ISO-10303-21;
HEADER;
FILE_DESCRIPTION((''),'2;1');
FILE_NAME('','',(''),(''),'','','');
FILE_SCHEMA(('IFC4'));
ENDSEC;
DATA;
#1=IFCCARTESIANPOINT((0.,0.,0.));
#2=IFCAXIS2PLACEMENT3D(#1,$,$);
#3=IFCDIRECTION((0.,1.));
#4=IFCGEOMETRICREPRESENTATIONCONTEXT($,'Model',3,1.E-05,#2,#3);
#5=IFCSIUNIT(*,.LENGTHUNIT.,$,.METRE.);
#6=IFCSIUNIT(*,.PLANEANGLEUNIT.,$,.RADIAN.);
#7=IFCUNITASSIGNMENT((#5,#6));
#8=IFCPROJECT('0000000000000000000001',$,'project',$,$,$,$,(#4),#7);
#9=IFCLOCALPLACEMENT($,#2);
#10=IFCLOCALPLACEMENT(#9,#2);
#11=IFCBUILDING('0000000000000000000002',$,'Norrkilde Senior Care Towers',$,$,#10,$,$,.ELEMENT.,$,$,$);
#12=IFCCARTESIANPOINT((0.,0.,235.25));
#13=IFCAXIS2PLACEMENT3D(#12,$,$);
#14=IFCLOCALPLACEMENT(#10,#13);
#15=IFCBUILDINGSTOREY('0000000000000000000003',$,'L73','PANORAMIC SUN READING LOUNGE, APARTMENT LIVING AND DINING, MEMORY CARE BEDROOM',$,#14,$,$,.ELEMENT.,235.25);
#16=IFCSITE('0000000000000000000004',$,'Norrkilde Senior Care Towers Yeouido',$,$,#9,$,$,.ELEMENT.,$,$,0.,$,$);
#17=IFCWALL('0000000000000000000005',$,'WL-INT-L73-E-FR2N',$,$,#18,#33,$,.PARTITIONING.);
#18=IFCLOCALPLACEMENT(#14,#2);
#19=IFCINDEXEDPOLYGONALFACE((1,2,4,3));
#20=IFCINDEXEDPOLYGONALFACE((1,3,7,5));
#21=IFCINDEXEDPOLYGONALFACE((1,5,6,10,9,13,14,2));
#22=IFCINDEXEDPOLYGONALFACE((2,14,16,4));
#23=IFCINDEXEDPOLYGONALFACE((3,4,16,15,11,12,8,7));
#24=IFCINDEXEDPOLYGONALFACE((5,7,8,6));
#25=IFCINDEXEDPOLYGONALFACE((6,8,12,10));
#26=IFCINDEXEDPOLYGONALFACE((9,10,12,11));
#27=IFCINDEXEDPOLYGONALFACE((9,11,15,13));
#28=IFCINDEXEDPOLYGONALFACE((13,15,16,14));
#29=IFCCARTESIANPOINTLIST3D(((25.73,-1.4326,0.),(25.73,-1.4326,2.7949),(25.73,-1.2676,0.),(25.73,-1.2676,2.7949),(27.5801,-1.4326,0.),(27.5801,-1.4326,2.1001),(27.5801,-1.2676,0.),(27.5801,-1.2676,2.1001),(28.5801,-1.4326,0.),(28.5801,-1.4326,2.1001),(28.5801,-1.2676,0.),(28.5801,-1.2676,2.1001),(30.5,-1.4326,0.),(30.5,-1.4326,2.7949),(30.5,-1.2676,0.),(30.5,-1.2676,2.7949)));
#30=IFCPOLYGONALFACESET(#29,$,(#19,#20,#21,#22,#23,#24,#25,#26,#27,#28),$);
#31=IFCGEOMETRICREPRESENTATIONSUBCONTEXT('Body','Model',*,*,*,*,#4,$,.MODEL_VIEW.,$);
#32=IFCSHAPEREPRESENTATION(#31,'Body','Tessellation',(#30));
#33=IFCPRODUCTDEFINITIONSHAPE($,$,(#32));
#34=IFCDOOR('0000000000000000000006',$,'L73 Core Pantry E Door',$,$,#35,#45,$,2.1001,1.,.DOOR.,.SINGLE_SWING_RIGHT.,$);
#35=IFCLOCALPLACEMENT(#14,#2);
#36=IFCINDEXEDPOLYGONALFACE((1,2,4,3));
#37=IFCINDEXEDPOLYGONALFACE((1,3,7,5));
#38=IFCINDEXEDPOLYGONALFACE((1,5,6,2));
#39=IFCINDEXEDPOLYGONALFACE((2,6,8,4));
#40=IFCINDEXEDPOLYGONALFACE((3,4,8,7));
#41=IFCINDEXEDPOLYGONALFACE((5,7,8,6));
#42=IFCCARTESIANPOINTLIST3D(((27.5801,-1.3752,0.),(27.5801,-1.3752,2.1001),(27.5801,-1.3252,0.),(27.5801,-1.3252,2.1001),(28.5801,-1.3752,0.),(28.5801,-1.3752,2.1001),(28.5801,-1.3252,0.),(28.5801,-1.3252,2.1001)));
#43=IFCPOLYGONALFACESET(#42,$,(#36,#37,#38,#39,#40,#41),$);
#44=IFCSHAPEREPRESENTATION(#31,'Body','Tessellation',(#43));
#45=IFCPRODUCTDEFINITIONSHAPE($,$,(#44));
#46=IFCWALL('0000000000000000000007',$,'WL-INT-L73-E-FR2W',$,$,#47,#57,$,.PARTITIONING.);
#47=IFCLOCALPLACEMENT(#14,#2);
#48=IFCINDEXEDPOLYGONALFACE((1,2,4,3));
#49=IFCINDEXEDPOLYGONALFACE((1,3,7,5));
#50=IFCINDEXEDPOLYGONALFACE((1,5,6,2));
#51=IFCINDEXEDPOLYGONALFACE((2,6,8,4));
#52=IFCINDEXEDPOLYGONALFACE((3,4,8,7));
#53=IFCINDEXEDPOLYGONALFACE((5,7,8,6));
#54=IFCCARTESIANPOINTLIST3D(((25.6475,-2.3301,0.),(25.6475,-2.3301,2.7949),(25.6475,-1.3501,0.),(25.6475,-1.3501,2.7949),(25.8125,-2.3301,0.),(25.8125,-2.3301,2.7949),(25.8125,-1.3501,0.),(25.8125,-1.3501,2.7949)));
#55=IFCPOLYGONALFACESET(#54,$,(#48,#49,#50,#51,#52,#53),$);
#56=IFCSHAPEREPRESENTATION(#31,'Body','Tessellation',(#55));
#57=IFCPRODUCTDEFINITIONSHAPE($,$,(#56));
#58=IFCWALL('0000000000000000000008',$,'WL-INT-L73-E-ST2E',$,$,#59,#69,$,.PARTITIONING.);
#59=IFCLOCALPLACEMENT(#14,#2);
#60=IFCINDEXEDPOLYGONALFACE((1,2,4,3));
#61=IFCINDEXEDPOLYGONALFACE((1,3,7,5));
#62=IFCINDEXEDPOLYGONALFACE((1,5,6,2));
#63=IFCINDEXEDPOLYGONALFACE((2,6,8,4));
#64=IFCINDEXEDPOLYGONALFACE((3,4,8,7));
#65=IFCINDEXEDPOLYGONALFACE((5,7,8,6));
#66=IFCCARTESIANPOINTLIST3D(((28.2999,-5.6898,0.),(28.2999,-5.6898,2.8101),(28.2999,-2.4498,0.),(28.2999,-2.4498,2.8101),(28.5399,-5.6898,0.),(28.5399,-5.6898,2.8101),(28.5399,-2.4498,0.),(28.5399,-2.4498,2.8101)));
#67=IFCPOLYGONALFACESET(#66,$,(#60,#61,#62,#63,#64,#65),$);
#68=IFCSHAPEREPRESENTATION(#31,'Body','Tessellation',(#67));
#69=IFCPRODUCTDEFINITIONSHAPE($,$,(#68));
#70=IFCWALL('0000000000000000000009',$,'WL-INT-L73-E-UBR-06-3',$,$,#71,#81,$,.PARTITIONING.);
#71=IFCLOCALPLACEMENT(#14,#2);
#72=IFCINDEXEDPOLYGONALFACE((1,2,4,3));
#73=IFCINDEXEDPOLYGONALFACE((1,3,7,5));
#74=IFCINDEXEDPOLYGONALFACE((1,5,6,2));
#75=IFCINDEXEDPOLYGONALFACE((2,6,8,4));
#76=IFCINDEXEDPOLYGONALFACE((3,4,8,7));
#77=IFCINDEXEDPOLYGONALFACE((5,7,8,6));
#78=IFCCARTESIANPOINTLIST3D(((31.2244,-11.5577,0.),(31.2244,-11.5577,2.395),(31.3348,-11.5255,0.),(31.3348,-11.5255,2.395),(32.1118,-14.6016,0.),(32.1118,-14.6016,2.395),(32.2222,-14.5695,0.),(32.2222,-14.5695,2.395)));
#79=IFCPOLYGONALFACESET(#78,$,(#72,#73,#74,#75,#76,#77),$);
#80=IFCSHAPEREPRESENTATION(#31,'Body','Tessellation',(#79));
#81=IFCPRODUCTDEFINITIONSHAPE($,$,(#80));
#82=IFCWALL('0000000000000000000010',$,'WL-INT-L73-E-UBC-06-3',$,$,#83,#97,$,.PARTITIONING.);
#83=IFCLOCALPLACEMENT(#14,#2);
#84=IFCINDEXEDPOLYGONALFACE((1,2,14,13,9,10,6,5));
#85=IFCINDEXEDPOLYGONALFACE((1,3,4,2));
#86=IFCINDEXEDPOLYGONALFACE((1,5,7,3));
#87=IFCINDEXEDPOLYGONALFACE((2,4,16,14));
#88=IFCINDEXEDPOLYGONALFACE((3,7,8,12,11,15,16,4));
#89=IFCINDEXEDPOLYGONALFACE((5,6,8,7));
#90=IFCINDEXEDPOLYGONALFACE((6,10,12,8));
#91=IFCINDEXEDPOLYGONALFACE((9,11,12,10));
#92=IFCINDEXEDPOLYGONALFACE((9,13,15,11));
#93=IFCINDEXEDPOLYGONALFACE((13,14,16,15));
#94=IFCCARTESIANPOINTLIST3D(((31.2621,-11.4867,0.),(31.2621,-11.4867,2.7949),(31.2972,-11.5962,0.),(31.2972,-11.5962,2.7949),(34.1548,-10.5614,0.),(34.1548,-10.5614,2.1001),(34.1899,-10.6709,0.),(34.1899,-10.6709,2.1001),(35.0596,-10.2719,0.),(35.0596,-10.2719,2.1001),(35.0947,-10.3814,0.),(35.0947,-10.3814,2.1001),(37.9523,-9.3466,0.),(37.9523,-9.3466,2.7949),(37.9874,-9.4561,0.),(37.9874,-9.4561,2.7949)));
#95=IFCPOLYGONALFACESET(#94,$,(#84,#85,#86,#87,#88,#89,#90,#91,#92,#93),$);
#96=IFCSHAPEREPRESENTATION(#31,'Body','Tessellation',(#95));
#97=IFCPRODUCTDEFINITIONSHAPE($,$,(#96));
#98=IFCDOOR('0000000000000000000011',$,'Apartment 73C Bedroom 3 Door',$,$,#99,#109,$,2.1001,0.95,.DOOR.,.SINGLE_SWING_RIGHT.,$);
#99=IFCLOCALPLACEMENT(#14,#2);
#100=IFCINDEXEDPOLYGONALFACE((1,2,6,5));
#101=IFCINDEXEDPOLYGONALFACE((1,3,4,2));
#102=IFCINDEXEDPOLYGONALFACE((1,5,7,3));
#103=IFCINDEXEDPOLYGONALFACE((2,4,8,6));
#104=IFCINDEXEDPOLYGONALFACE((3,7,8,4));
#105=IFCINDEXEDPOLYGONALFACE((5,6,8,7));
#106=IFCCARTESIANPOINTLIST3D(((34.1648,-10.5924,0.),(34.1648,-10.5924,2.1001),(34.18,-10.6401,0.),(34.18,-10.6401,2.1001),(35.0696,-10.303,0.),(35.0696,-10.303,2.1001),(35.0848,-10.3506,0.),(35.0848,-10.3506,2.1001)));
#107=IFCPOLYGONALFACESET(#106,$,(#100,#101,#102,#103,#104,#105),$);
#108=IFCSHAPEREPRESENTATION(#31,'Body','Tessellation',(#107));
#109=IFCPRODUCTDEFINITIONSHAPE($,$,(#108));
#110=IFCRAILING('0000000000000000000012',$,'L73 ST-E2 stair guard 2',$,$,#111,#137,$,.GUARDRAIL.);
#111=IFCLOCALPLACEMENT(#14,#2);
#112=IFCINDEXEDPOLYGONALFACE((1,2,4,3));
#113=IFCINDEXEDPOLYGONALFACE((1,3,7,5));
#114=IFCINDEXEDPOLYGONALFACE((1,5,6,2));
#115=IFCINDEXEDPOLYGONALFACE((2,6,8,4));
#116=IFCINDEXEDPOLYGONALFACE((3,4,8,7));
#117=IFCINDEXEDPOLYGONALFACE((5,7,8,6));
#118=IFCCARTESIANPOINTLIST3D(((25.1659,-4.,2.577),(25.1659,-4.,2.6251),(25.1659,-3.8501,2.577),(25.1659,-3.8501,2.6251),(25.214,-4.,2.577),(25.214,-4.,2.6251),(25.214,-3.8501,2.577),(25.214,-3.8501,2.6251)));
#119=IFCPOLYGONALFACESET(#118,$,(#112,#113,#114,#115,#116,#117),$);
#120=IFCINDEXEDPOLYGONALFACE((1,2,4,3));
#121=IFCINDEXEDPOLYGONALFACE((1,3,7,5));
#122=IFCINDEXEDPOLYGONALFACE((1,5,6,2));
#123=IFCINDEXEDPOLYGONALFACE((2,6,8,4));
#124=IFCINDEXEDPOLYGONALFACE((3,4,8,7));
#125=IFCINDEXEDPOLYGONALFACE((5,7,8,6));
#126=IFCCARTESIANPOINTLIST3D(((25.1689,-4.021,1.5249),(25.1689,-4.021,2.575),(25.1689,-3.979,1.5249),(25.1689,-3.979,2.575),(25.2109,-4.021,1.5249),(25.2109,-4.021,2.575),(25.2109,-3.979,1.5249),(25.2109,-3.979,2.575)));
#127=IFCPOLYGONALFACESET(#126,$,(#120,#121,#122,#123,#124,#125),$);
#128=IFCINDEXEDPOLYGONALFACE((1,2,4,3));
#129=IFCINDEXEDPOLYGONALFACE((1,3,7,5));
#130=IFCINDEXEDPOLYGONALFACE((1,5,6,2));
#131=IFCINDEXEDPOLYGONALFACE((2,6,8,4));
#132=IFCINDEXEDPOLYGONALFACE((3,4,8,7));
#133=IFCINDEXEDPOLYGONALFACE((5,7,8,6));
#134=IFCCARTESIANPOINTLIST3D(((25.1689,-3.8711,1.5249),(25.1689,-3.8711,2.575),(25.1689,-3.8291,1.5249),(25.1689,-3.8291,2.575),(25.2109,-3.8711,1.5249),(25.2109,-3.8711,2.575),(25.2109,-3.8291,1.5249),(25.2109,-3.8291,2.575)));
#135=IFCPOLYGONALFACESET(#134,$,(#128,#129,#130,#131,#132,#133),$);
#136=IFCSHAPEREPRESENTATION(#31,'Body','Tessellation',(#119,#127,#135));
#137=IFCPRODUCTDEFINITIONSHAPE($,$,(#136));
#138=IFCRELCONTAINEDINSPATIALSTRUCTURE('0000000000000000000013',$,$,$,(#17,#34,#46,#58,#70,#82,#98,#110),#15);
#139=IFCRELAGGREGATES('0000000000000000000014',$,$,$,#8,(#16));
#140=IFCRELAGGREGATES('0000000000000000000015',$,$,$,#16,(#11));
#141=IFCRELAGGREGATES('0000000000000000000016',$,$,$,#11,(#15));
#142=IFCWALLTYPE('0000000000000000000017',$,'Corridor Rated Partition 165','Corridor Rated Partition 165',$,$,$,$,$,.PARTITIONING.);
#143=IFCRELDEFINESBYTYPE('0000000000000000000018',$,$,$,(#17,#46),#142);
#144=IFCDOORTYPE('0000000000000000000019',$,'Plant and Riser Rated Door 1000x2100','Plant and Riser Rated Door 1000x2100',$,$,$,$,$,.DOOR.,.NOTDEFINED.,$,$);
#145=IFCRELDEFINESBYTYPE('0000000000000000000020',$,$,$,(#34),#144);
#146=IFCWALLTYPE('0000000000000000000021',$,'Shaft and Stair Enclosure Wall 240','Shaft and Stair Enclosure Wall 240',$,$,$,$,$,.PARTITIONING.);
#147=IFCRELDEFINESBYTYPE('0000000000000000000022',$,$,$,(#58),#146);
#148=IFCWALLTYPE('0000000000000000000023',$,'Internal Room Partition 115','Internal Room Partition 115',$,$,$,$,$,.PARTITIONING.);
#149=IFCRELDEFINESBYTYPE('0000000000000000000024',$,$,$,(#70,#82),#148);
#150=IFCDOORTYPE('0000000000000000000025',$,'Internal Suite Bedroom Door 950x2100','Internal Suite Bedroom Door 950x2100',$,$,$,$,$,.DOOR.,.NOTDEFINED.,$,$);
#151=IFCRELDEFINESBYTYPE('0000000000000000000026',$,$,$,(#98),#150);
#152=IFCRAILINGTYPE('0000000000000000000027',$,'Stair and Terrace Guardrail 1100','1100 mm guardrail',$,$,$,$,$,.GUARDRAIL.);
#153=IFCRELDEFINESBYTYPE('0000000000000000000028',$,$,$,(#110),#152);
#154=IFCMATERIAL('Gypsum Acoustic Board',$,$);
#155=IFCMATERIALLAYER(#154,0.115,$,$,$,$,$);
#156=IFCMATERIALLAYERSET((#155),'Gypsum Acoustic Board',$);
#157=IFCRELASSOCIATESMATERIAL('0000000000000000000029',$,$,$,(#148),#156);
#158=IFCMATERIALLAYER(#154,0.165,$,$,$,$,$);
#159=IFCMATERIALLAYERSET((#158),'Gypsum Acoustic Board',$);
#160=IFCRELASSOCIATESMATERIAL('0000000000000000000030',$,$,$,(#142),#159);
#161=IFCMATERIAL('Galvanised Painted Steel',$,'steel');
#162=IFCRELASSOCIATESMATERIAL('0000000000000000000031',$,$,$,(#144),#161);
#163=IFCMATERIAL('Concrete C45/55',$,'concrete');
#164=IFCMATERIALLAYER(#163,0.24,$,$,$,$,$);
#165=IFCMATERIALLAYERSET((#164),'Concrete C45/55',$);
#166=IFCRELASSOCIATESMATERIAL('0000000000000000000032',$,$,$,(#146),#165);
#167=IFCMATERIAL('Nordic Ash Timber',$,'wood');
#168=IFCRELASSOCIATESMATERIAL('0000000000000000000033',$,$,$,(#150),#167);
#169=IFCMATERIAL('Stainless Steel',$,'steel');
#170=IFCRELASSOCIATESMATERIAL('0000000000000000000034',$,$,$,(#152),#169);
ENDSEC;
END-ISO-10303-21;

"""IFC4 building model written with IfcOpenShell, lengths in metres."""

from ifc_helpers import new_model, si_unit, direction, frame, frame_2d, origin, origin_2d, place, context, subcontext, project, spatial, rectangle, extrude, source, transform, mapped, material, layer, layer_set, type_object, type_shapes, element, fill, save


model = new_model("IFC4")

# Units and contexts
model_context = context("Model", 3, precision=1e-05, world=origin(), true_north=direction((0.0, 1.0)))
body_context = subcontext(model_context, "Body", "Model", "MODEL_VIEW")
ifc_project = project(units=[si_unit("LENGTHUNIT", "METRE"), si_unit("PLANEANGLEUNIT", "RADIAN")], contexts=[model_context])

# Site, building, storey
site_placement = place(None, origin())
site = spatial("IfcSite", under=ifc_project, at=site_placement, Name="Norrkilde Senior Care Towers Yeouido", CompositionType="ELEMENT", RefElevation=0.0)
building_placement = place(site_placement, origin())
building = spatial("IfcBuilding", under=site, at=building_placement, Name="Norrkilde Senior Care Towers", CompositionType="ELEMENT")
storey_placement = place(building_placement, frame((0.0, 0.0, 235.25)))
storey = spatial("IfcBuildingStorey", under=building, at=storey_placement, Name="L73", Description="PANORAMIC SUN READING LOUNGE, APARTMENT LIVING AND DINING, MEMORY CARE BEDROOM", CompositionType="ELEMENT", Elevation=235.25)

# Shared definitions
ifc_material_1 = material(Name="Gypsum Acoustic Board")
ifc_layer_1 = layer(ifc_material_1, 0.115)
ifc_layer_set_1 = layer_set([ifc_layer_1], Name="Gypsum Acoustic Board")
wall_type_1 = type_object("IfcWallType", Name="Internal Room Partition 115", Description="Internal Room Partition 115", PredefinedType="PARTITIONING", material=ifc_layer_set_1)
ifc_material_2 = material(Name="Concrete C45/55", Category="concrete")

# Shared definitions
ifc_layer_2 = layer(ifc_material_1, 0.165)
ifc_layer_set_2 = layer_set([ifc_layer_2], Name="Gypsum Acoustic Board")
wall_type_2 = type_object("IfcWallType", Name="Corridor Rated Partition 165", Description="Corridor Rated Partition 165", PredefinedType="PARTITIONING", material=ifc_layer_set_2)
ifc_material_3 = material(Name="Galvanised Painted Steel", Category="steel")
ifc_material_4 = material(Name="Stainless Steel", Category="steel")

# Wall, opening, door
shared_shape_1 = source(origin(), body_context, "Body", "SweptSolid", [
    extrude(rectangle(XDim=4.77, YDim=0.165, at=frame_2d((2.385, 0.0))), origin(), (0.0, 0.0, 1.0), 2.7949),
])
wall_1_placement = place(storey_placement, frame((25.73, -1.3501, 0.0), z_axis=(0.0, 0.0, 1.0), x_axis=(1.0, 0.0, 0.0)))
wall_1 = element("IfcWall", 1, at=wall_1_placement, inside=storey, type_object=wall_type_2, Name="WL-INT-L73-E-FR2N", PredefinedType="PARTITIONING", context=body_context, shape_type="MappedRepresentation", body=[
    mapped(shared_shape_1, transform((0.0, 0.0, 0.0), x_axis=(1.0, 0.0, 0.0), y_axis=(0.0, 1.0, 0.0), z_axis=(0.0, 0.0, 1.0), scale=1.0)),
])
opening_1_placement = place(wall_1_placement, frame((1.8501, 0.0, 0.0)))
opening_1 = element("IfcOpeningElement", 2, at=opening_1_placement, cuts=wall_1, PredefinedType="OPENING", context=body_context, shape_type="SweptSolid", body=[
    extrude(rectangle(XDim=1.0, YDim=2.1001, at=frame_2d((0.5, 1.05))), frame((0.0, 0.0925, 0.0), z_axis=(0.0, -1.0, 0.0), x_axis=(1.0, 0.0, 0.0)), (0.0, 0.0, 1.0), 0.1851),
])
door_type_1 = type_object("IfcDoorType", Name="Plant and Riser Rated Door 1000x2100", Description="Plant and Riser Rated Door 1000x2100", OperationType="NOTDEFINED", PredefinedType="DOOR", material=ifc_material_3)
shared_shape_2 = source(origin(), body_context, "Body", "SweptSolid", [
    extrude(rectangle(XDim=1.0, YDim=2.1001, at=frame_2d((0.5, 1.05))), frame((0.0, 0.0249, 0.0), z_axis=(0.0, -1.0, 0.0), x_axis=(1.0, 0.0, 0.0)), (0.0, 0.0, 1.0), 0.05),
])
type_shapes(door_type_1, [shared_shape_2])
door_1_placement = place(opening_1_placement, origin())
door_1 = element("IfcDoor", 3, at=door_1_placement, inside=storey, type_object=door_type_1, Name="L73 Core Pantry E Door", OperationType="SINGLE_SWING_RIGHT", OverallHeight=2.1001, OverallWidth=1.0, PredefinedType="DOOR", context=body_context, shape_type="MappedRepresentation", body=[
    mapped(shared_shape_2, transform((0.0, 0.0, 0.0), x_axis=(1.0, 0.0, 0.0), y_axis=(0.0, 1.0, 0.0), z_axis=(0.0, 0.0, 1.0), scale=1.0)),
])
fill(opening_1, door_1)

# Walls
shared_shape_3 = source(origin(), body_context, "Body", "SweptSolid", [
    extrude(rectangle(XDim=0.98, YDim=0.165, at=frame_2d((0.49, 0.0))), origin(), (0.0, 0.0, 1.0), 2.7949),
])
wall_2_placement = place(storey_placement, frame((25.73, -2.3301, 0.0), z_axis=(0.0, 0.0, 1.0), x_axis=(0.0, 1.0, 0.0)))
element("IfcWall", 4, at=wall_2_placement, inside=storey, type_object=wall_type_2, Name="WL-INT-L73-E-FR2W", PredefinedType="PARTITIONING", context=body_context, shape_type="MappedRepresentation", body=[
    mapped(shared_shape_3, transform((0.0, 0.0, 0.0), x_axis=(1.0, 0.0, 0.0), y_axis=(0.0, 1.0, 0.0), z_axis=(0.0, 0.0, 1.0), scale=1.0)),
])
ifc_layer_3 = layer(ifc_material_2, 0.24)
ifc_layer_set_3 = layer_set([ifc_layer_3], Name="Concrete C45/55")
wall_type_3 = type_object("IfcWallType", Name="Shaft and Stair Enclosure Wall 240", Description="Shaft and Stair Enclosure Wall 240", PredefinedType="PARTITIONING", material=ifc_layer_set_3)
shared_shape_4 = source(origin(), body_context, "Body", "SweptSolid", [
    extrude(rectangle(XDim=3.24, YDim=0.24, at=frame_2d((1.6201, 0.0))), origin(), (0.0, 0.0, 1.0), 2.8101),
])
type_shapes(wall_type_3, [shared_shape_4])
wall_3_placement = place(storey_placement, frame((28.4199, -5.6899, 0.0), z_axis=(0.0, 0.0, 1.0), x_axis=(0.0, 1.0, 0.0)))
element("IfcWall", 5, at=wall_3_placement, inside=storey, type_object=wall_type_3, Name="WL-INT-L73-E-ST2E", PredefinedType="PARTITIONING", context=body_context, shape_type="MappedRepresentation", body=[
    mapped(shared_shape_4, transform((0.0, 0.0, 0.0), x_axis=(1.0, 0.0, 0.0), y_axis=(0.0, 1.0, 0.0), z_axis=(0.0, 0.0, 1.0), scale=1.0)),
])
shared_shape_5 = source(origin(), body_context, "Body", "SweptSolid", [
    extrude(rectangle(XDim=3.1707, YDim=0.115, at=frame_2d((1.5854, 0.0))), origin(), (0.0, 0.0, 1.0), 2.395),
])
wall_4_placement = place(storey_placement, frame((31.2795, -11.5415, 0.0), z_axis=(0.0, 0.0, 1.0), x_axis=(0.279894, -0.960031, 0.0)))
element("IfcWall", 6, at=wall_4_placement, inside=storey, type_object=wall_type_1, Name="WL-INT-L73-E-UBR-06-3", PredefinedType="PARTITIONING", context=body_context, shape_type="MappedRepresentation", body=[
    mapped(shared_shape_5, transform((0.0, 0.0, 0.0), x_axis=(1.0, 0.0, 0.0), y_axis=(0.0, 1.0, 0.0), z_axis=(0.0, 0.0, 1.0), scale=1.0)),
])

# Wall, opening, door
shared_shape_6 = source(origin(), body_context, "Body", "SweptSolid", [
    extrude(rectangle(XDim=7.0242, YDim=0.115, at=frame_2d((3.5122, 0.0))), origin(), (0.0, 0.0, 1.0), 2.7949),
])
wall_5_placement = place(storey_placement, frame((31.2795, -11.5415, 0.0), z_axis=(0.0, 0.0, 1.0), x_axis=(0.952454, 0.304682, 0.0)))
wall_5 = element("IfcWall", 7, at=wall_5_placement, inside=storey, type_object=wall_type_1, Name="WL-INT-L73-E-UBC-06-3", PredefinedType="PARTITIONING", context=body_context, shape_type="MappedRepresentation", body=[
    mapped(shared_shape_6, transform((0.0, 0.0, 0.0), x_axis=(1.0, 0.0, 0.0), y_axis=(0.0, 1.0, 0.0), z_axis=(0.0, 0.0, 1.0), scale=1.0)),
])
opening_2_placement = place(wall_5_placement, frame((3.0371, 0.0, 0.0)))
opening_2 = element("IfcOpeningElement", 8, at=opening_2_placement, cuts=wall_5, PredefinedType="OPENING", context=body_context, shape_type="SweptSolid", body=[
    extrude(rectangle(XDim=0.95, YDim=2.1001, at=frame_2d((0.4751, 1.05))), frame((0.0, 0.0674, 0.0), z_axis=(0.0, -1.0, 0.0), x_axis=(1.0, 0.0, 0.0)), (0.0, 0.0, 1.0), 0.135),
])
ifc_material_5 = material(Name="Nordic Ash Timber", Category="wood")
door_type_2 = type_object("IfcDoorType", Name="Internal Suite Bedroom Door 950x2100", Description="Internal Suite Bedroom Door 950x2100", OperationType="NOTDEFINED", PredefinedType="DOOR", material=ifc_material_5)
shared_shape_7 = source(origin(), body_context, "Body", "SweptSolid", [
    extrude(rectangle(XDim=0.95, YDim=2.1001, at=frame_2d((0.4751, 1.05))), frame((0.0, 0.0249, 0.0), z_axis=(0.0, -1.0, 0.0), x_axis=(1.0, 0.0, 0.0)), (0.0, 0.0, 1.0), 0.05),
])
type_shapes(door_type_2, [shared_shape_7])
door_2_placement = place(opening_2_placement, origin())
door_2 = element("IfcDoor", 9, at=door_2_placement, inside=storey, type_object=door_type_2, Name="Apartment 73C Bedroom 3 Door", OperationType="SINGLE_SWING_RIGHT", OverallHeight=2.1001, OverallWidth=0.95, PredefinedType="DOOR", context=body_context, shape_type="MappedRepresentation", body=[
    mapped(shared_shape_7, transform((0.0, 0.0, 0.0), x_axis=(1.0, 0.0, 0.0), y_axis=(0.0, 1.0, 0.0), z_axis=(0.0, 0.0, 1.0), scale=1.0)),
])
fill(opening_2, door_2)

# Railing
railing_type = type_object("IfcRailingType", Name="Stair and Terrace Guardrail 1100", Description="1100 mm guardrail", PredefinedType="GUARDRAIL", material=ifc_material_4)
railing_placement = place(storey_placement, frame((25.1899, -4.0, 1.5249)))
element("IfcRailing", 10, at=railing_placement, inside=storey, type_object=railing_type, Name="L73 ST-E2 stair guard 2", PredefinedType="GUARDRAIL", context=body_context, shape_type="SweptSolid", body=[
    extrude(rectangle(XDim=0.0481, YDim=0.0481, at=origin_2d()), frame((0.0, 0.0, 1.0762), z_axis=(0.0, 1.0, 0.0), x_axis=(-1.0, 0.0, 0.0)), (0.0, 0.0, 1.0), 0.1499),
    extrude(rectangle(XDim=0.042, YDim=0.042, at=origin_2d()), origin(), (0.0, 0.0, 1.0), 1.05),
    extrude(rectangle(XDim=0.042, YDim=0.042, at=origin_2d()), frame((0.0, 0.1499, 0.0)), (0.0, 0.0, 1.0), 1.05),
])

save(model, "model.ifc")
